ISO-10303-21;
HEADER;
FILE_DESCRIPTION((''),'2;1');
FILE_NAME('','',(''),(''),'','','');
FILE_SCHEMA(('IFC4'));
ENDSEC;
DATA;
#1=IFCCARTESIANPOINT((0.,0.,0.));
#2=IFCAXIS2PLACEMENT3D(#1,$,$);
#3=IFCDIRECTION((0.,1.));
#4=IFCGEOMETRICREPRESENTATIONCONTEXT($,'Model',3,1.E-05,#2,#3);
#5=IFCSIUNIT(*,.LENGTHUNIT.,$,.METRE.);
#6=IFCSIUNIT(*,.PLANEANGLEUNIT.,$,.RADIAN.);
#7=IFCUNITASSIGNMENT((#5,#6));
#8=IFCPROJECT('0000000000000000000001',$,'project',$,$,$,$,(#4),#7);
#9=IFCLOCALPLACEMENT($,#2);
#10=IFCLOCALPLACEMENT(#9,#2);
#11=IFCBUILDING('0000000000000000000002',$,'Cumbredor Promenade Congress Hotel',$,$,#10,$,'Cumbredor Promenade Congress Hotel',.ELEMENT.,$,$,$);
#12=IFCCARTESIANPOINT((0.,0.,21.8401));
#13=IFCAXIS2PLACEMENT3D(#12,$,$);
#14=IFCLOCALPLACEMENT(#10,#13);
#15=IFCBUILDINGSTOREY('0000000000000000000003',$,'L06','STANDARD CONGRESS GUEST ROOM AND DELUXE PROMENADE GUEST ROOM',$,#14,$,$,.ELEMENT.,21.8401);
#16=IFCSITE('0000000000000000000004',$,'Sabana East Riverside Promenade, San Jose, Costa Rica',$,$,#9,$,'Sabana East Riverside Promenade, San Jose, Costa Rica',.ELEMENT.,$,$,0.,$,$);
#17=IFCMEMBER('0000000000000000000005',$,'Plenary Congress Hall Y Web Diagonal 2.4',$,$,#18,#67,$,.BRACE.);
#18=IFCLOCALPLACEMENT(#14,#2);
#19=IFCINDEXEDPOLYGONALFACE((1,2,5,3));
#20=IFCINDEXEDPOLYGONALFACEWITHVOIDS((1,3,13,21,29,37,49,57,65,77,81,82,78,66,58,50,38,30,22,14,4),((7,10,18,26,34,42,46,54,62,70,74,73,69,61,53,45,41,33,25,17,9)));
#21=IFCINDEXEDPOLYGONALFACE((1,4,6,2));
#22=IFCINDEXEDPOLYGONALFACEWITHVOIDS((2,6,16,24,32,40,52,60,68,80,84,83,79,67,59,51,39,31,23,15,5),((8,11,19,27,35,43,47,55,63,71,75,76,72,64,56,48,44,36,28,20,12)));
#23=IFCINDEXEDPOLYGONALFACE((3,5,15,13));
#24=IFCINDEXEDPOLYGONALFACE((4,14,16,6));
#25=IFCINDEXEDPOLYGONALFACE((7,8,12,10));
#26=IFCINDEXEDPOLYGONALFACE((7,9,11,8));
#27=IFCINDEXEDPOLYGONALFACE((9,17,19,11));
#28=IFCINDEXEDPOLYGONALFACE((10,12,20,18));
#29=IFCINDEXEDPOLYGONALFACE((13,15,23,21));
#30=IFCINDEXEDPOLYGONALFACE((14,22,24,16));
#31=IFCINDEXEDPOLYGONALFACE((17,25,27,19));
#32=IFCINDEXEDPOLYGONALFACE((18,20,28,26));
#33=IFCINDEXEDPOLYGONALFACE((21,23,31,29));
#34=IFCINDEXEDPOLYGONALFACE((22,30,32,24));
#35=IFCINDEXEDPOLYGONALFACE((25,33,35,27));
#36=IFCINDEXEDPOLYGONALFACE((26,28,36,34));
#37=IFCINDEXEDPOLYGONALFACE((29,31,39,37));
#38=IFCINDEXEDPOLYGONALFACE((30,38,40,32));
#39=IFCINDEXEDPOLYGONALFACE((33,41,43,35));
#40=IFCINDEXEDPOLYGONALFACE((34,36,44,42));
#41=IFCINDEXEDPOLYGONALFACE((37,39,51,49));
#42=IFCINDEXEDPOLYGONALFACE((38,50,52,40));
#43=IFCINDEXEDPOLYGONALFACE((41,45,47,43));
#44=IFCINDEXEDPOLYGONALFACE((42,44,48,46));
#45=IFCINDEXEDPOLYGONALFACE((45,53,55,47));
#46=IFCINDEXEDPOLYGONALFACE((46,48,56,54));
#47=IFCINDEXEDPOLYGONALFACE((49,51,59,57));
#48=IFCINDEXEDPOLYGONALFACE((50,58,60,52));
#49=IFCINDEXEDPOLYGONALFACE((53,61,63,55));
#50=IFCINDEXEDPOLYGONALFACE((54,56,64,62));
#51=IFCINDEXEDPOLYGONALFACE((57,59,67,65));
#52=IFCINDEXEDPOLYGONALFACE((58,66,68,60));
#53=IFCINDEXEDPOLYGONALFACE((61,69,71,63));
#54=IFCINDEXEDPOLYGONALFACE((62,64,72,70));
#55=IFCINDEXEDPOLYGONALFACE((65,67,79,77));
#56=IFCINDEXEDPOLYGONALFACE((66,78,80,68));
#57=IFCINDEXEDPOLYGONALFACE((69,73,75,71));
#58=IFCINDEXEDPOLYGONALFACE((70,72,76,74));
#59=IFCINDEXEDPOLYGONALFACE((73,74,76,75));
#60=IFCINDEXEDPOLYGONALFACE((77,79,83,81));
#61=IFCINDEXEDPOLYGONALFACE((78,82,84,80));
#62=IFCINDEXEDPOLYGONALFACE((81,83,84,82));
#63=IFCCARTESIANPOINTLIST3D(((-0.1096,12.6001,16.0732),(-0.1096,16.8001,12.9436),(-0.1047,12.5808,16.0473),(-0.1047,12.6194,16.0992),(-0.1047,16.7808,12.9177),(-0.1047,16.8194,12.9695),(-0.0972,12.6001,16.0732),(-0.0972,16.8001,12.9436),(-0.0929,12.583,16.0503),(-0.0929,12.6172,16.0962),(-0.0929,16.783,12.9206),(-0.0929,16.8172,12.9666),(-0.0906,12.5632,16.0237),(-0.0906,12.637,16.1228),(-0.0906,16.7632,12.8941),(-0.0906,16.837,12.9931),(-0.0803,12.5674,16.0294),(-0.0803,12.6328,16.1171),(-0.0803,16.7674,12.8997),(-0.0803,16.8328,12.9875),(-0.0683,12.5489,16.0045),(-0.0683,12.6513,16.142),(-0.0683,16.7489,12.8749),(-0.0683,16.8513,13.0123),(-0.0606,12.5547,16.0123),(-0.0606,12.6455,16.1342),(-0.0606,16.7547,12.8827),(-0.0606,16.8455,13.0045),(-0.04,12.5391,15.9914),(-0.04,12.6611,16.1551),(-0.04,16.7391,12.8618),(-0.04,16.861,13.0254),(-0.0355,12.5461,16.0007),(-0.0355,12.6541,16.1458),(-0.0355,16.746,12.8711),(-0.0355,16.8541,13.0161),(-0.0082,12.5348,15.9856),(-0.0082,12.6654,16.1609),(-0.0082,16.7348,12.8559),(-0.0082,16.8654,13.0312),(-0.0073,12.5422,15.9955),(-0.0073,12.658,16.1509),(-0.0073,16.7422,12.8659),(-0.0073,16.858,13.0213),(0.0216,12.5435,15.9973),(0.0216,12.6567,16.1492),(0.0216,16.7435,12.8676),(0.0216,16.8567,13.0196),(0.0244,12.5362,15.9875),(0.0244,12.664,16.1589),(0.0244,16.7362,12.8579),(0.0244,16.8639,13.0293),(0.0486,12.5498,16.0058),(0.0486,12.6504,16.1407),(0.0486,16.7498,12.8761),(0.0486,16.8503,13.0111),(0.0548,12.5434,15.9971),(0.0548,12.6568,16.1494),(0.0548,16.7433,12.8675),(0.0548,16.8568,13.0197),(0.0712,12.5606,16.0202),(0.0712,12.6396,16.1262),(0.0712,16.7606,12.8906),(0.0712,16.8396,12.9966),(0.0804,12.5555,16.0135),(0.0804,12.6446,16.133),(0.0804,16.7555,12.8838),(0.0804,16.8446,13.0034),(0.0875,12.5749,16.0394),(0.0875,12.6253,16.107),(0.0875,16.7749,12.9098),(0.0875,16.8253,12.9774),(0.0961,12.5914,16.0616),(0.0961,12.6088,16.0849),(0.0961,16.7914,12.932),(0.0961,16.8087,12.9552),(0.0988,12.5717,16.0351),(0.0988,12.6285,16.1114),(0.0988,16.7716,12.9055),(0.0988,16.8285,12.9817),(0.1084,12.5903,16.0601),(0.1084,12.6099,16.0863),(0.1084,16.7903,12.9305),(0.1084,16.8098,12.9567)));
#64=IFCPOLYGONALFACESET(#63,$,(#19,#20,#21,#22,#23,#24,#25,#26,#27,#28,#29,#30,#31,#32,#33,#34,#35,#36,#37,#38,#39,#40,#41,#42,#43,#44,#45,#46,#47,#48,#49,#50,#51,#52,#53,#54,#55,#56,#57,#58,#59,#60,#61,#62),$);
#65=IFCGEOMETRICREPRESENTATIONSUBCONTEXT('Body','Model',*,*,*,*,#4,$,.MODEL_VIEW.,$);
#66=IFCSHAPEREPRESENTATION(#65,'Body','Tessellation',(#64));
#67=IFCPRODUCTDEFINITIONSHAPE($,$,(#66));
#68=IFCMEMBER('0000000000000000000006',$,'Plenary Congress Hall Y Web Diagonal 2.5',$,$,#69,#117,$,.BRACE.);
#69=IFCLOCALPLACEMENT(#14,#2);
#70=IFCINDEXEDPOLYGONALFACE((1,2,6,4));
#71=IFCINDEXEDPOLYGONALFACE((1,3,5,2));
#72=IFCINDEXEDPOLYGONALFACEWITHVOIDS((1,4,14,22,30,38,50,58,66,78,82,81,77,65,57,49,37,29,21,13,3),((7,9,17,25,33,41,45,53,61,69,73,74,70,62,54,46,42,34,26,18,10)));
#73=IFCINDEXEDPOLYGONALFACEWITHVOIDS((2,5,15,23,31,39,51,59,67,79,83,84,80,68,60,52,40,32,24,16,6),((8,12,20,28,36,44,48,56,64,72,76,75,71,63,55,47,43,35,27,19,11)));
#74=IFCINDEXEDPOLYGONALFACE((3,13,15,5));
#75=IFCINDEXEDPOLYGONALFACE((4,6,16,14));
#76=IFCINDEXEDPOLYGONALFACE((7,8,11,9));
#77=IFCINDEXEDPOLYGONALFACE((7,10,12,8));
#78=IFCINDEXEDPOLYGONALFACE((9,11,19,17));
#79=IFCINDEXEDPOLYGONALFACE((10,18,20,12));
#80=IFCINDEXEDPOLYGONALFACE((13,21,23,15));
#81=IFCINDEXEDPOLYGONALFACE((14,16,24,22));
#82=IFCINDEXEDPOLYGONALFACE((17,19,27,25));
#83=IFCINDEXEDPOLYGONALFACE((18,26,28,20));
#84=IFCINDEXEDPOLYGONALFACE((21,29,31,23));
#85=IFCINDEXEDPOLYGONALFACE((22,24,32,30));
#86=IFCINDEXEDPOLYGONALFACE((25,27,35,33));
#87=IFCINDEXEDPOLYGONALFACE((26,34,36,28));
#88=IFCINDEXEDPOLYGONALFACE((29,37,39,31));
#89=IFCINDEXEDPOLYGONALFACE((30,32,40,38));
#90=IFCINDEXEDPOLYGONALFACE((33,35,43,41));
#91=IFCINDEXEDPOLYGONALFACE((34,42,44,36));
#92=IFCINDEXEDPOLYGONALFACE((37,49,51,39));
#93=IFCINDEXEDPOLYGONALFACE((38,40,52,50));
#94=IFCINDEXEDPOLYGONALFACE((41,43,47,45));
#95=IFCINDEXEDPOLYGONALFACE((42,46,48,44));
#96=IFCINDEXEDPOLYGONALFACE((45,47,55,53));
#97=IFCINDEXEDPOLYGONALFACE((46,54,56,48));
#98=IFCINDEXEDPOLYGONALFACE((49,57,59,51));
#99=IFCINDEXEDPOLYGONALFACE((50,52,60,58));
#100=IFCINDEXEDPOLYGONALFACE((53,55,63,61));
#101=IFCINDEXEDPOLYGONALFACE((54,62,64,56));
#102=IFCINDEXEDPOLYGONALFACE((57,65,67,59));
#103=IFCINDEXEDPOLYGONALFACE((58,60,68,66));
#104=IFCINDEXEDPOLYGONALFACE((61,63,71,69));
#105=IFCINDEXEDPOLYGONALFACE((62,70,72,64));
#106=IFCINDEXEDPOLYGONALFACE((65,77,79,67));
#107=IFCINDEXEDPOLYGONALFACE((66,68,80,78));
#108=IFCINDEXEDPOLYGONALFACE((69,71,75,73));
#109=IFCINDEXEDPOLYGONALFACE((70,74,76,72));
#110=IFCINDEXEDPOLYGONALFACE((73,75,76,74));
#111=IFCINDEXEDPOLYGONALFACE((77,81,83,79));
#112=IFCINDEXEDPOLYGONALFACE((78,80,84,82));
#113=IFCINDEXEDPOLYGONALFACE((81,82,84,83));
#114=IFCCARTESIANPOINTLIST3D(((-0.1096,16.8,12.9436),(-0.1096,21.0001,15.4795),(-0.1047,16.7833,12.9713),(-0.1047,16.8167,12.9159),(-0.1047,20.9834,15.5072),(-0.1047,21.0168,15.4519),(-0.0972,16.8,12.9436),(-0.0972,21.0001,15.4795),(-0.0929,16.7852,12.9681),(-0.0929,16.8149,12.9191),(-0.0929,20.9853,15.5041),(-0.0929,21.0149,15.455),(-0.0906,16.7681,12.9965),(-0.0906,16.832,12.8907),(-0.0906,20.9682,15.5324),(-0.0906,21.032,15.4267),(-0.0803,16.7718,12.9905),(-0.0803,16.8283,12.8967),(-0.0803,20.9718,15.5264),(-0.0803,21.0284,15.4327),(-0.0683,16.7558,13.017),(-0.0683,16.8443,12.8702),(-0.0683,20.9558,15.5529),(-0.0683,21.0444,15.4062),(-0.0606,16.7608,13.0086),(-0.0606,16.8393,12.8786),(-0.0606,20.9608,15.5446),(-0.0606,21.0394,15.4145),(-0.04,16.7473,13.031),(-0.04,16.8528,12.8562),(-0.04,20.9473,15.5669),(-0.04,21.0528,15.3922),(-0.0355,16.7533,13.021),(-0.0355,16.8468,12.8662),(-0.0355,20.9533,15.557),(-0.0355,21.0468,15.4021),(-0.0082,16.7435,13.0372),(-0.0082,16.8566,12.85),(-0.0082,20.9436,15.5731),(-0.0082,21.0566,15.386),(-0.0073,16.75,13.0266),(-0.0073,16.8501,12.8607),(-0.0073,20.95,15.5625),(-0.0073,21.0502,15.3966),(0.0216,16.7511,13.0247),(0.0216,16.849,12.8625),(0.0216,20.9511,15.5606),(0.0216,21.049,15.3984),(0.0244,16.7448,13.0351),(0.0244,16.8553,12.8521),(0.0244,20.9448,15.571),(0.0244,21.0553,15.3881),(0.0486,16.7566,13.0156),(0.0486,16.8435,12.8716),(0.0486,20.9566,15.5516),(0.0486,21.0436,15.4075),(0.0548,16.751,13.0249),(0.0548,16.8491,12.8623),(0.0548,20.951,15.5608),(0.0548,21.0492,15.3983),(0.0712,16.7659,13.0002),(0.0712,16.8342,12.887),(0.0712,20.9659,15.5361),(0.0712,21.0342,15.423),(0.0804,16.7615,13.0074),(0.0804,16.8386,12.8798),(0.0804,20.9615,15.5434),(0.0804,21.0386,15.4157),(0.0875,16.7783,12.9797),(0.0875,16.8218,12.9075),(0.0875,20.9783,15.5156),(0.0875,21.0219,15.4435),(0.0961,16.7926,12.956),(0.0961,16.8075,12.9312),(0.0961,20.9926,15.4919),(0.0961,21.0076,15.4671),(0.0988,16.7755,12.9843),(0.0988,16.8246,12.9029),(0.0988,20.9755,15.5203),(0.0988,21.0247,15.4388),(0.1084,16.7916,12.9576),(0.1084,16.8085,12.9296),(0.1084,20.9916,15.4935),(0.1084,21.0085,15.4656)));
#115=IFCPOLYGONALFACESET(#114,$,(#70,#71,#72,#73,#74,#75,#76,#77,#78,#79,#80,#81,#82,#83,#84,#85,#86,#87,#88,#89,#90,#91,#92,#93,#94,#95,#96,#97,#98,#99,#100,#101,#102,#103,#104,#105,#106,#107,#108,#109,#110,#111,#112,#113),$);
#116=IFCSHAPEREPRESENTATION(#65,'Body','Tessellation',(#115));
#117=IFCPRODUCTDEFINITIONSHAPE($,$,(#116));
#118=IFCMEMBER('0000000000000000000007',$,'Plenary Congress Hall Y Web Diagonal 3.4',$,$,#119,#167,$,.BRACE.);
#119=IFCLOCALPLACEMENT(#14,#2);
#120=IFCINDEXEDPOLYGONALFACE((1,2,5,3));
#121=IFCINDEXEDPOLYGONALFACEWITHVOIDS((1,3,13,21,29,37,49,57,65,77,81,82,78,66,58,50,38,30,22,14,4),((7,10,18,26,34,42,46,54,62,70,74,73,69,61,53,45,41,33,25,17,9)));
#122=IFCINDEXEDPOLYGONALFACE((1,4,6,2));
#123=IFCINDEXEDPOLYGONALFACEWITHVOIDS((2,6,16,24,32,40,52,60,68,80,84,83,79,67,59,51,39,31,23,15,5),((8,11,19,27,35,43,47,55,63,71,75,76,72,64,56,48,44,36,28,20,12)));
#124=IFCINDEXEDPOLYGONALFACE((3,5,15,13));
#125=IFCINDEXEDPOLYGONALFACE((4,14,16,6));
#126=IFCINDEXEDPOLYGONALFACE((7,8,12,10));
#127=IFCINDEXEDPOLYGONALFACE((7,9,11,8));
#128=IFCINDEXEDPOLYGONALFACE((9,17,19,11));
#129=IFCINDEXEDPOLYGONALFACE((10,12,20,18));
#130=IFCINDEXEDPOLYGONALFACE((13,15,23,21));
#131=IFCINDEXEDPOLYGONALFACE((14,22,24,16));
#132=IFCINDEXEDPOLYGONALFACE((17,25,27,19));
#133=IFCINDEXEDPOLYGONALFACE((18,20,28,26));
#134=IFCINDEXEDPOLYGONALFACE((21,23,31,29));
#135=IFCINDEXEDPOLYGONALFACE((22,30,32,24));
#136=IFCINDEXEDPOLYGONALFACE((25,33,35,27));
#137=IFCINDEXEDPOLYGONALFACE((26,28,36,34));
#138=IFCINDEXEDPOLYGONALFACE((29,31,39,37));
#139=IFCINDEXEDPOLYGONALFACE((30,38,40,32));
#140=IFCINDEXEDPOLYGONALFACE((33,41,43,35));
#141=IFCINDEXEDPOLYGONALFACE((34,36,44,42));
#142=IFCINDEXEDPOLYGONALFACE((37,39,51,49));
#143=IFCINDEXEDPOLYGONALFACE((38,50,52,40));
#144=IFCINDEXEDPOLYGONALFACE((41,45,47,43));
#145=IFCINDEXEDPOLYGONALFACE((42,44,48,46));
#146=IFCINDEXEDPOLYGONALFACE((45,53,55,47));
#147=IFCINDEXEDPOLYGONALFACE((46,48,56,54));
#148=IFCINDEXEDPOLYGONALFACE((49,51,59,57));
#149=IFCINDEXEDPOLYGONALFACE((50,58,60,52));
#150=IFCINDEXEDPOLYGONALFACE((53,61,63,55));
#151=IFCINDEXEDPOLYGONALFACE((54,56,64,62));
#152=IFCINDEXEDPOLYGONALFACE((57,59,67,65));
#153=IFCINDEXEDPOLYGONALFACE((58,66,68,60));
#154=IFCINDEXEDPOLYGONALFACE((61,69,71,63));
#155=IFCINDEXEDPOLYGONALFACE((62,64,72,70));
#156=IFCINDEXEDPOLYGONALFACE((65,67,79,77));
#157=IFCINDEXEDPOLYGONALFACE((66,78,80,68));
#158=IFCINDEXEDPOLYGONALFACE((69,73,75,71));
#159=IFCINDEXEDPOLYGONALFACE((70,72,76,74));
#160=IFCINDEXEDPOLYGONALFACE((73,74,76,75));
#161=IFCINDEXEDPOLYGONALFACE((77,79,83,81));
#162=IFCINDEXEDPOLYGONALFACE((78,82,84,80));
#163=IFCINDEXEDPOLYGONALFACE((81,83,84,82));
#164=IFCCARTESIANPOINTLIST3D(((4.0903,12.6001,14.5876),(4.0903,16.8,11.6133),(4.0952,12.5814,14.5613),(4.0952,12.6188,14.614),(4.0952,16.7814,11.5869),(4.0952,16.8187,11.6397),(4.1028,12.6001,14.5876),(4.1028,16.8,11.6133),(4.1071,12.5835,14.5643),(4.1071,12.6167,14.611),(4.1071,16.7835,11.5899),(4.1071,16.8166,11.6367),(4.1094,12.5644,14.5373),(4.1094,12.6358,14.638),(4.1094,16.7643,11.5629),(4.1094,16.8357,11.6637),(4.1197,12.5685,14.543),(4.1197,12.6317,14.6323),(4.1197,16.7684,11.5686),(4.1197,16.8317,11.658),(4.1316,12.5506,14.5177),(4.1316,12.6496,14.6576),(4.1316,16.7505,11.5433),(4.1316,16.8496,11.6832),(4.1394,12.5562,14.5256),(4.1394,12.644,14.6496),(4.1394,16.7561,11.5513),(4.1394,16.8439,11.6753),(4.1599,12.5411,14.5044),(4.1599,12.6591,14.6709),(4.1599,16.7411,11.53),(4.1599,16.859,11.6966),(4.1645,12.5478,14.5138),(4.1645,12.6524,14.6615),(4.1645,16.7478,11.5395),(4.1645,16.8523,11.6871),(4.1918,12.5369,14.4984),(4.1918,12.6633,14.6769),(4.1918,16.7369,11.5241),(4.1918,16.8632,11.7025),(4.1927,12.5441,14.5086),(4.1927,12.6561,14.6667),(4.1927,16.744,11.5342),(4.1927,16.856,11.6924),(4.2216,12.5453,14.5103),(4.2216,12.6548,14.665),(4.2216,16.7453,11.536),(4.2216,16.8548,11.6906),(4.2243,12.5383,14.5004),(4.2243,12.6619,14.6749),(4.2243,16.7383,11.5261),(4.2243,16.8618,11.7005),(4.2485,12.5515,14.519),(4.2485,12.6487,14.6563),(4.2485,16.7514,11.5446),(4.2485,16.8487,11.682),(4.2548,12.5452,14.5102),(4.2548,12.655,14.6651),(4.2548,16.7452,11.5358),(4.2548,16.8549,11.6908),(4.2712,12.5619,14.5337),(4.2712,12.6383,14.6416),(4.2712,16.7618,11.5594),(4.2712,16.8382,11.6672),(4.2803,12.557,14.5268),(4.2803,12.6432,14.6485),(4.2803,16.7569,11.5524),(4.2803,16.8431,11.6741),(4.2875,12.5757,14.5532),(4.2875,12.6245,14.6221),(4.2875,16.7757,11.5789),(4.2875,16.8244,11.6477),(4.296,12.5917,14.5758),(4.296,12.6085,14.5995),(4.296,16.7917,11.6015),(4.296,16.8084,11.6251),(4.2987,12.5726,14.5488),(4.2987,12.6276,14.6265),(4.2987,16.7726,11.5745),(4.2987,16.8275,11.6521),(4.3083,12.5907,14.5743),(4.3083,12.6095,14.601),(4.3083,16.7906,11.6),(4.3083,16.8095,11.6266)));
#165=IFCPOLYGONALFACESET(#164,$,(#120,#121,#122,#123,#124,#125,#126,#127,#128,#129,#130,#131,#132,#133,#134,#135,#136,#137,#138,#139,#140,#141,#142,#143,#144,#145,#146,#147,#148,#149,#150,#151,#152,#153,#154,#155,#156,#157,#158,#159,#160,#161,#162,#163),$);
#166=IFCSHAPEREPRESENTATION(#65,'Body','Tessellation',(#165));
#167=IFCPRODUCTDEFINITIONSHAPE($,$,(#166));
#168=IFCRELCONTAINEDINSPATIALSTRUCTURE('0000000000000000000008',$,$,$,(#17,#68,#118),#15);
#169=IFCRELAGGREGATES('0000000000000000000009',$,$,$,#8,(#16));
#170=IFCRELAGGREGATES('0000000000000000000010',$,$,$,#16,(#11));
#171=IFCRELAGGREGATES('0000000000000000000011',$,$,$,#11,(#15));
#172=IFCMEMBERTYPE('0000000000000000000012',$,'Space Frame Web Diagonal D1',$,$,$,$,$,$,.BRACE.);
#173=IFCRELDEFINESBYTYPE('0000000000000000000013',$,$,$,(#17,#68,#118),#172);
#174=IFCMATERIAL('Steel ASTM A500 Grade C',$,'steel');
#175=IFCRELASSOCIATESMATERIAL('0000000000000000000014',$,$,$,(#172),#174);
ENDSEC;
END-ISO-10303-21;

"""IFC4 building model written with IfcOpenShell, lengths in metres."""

from ifc_helpers import new_model, si_unit, direction, frame, origin, origin_2d, place, context, subcontext, project, spatial, hollow_circle, extrude, material, material_profile, profile_set, type_object, element, save


model = new_model("IFC4")

# Units and contexts
model_context = context("Model", 3, precision=1e-05, world=origin(), true_north=direction((0.0, 1.0)))
body_context = subcontext(model_context, "Body", "Model", "MODEL_VIEW")
ifc_project = project(units=[si_unit("LENGTHUNIT", "METRE"), si_unit("PLANEANGLEUNIT", "RADIAN")], contexts=[model_context])

# Site, building, storey
site_placement = place(None, origin())
site = spatial("IfcSite", under=ifc_project, at=site_placement, Name="Sabana East Riverside Promenade, San Jose, Costa Rica", LongName="Sabana East Riverside Promenade, San Jose, Costa Rica", CompositionType="ELEMENT", RefElevation=0.0)
building_placement = place(site_placement, origin())
building = spatial("IfcBuilding", under=site, at=building_placement, Name="Cumbredor Promenade Congress Hotel", LongName="Cumbredor Promenade Congress Hotel", CompositionType="ELEMENT")
storey_placement = place(building_placement, frame((0.0, 0.0, 21.8401)))
storey = spatial("IfcBuildingStorey", under=building, at=storey_placement, Name="L06", Description="STANDARD CONGRESS GUEST ROOM AND DELUXE PROMENADE GUEST ROOM", CompositionType="ELEMENT", Elevation=21.8401)

# Members
ifc_material_1 = material(Name="Steel ASTM A500 Grade C", Category="steel")
ifc_material_profile_1 = material_profile(ifc_material_1, hollow_circle(Radius=0.1096, WallThickness=0.0125, at=origin_2d()), Name="CHS 219.1x12.5")
ifc_profile_set_1 = profile_set([ifc_material_profile_1], Name="Steel ASTM A500 Grade C")
member_type_1 = type_object("IfcMemberType", Name="Space Frame Web Diagonal D1", PredefinedType="BRACE", material=ifc_profile_set_1)
member_1_placement = place(storey_placement, frame((0.0, 12.6001, 16.0732), z_axis=(0.0, 0.801859, -0.597514), x_axis=(-1.0, 0.0, 0.0)))
element("IfcMember", 1, at=member_1_placement, inside=storey, type_object=member_type_1, Name="Plenary Congress Hall Y Web Diagonal 2.4", PredefinedType="BRACE", context=body_context, shape_type="SweptSolid", body=[
    extrude(hollow_circle(Radius=0.1096, WallThickness=0.0125, at=origin_2d()), origin(), (0.0, 0.0, 1.0), 5.2378),
])
member_2_placement = place(storey_placement, frame((0.0, 16.8, 12.9436), z_axis=(0.0, 0.856058, 0.516879), x_axis=(-1.0, 0.0, 0.0)))
element("IfcMember", 2, at=member_2_placement, inside=storey, type_object=member_type_1, Name="Plenary Congress Hall Y Web Diagonal 2.5", PredefinedType="BRACE", context=body_context, shape_type="SweptSolid", body=[
    extrude(hollow_circle(Radius=0.1096, WallThickness=0.0125, at=origin_2d()), origin(), (0.0, 0.0, 1.0), 4.9062),
])
member_3_placement = place(storey_placement, frame((4.2, 12.6001, 14.5876), z_axis=(0.0, 0.816079, -0.57794), x_axis=(-1.0, 0.0, 0.0)))
element("IfcMember", 3, at=member_3_placement, inside=storey, type_object=member_type_1, Name="Plenary Congress Hall Y Web Diagonal 3.4", PredefinedType="BRACE", context=body_context, shape_type="SweptSolid", body=[
    extrude(hollow_circle(Radius=0.1096, WallThickness=0.0125, at=origin_2d()), origin(), (0.0, 0.0, 1.0), 5.1465),
])

save(model, "model.ifc")
